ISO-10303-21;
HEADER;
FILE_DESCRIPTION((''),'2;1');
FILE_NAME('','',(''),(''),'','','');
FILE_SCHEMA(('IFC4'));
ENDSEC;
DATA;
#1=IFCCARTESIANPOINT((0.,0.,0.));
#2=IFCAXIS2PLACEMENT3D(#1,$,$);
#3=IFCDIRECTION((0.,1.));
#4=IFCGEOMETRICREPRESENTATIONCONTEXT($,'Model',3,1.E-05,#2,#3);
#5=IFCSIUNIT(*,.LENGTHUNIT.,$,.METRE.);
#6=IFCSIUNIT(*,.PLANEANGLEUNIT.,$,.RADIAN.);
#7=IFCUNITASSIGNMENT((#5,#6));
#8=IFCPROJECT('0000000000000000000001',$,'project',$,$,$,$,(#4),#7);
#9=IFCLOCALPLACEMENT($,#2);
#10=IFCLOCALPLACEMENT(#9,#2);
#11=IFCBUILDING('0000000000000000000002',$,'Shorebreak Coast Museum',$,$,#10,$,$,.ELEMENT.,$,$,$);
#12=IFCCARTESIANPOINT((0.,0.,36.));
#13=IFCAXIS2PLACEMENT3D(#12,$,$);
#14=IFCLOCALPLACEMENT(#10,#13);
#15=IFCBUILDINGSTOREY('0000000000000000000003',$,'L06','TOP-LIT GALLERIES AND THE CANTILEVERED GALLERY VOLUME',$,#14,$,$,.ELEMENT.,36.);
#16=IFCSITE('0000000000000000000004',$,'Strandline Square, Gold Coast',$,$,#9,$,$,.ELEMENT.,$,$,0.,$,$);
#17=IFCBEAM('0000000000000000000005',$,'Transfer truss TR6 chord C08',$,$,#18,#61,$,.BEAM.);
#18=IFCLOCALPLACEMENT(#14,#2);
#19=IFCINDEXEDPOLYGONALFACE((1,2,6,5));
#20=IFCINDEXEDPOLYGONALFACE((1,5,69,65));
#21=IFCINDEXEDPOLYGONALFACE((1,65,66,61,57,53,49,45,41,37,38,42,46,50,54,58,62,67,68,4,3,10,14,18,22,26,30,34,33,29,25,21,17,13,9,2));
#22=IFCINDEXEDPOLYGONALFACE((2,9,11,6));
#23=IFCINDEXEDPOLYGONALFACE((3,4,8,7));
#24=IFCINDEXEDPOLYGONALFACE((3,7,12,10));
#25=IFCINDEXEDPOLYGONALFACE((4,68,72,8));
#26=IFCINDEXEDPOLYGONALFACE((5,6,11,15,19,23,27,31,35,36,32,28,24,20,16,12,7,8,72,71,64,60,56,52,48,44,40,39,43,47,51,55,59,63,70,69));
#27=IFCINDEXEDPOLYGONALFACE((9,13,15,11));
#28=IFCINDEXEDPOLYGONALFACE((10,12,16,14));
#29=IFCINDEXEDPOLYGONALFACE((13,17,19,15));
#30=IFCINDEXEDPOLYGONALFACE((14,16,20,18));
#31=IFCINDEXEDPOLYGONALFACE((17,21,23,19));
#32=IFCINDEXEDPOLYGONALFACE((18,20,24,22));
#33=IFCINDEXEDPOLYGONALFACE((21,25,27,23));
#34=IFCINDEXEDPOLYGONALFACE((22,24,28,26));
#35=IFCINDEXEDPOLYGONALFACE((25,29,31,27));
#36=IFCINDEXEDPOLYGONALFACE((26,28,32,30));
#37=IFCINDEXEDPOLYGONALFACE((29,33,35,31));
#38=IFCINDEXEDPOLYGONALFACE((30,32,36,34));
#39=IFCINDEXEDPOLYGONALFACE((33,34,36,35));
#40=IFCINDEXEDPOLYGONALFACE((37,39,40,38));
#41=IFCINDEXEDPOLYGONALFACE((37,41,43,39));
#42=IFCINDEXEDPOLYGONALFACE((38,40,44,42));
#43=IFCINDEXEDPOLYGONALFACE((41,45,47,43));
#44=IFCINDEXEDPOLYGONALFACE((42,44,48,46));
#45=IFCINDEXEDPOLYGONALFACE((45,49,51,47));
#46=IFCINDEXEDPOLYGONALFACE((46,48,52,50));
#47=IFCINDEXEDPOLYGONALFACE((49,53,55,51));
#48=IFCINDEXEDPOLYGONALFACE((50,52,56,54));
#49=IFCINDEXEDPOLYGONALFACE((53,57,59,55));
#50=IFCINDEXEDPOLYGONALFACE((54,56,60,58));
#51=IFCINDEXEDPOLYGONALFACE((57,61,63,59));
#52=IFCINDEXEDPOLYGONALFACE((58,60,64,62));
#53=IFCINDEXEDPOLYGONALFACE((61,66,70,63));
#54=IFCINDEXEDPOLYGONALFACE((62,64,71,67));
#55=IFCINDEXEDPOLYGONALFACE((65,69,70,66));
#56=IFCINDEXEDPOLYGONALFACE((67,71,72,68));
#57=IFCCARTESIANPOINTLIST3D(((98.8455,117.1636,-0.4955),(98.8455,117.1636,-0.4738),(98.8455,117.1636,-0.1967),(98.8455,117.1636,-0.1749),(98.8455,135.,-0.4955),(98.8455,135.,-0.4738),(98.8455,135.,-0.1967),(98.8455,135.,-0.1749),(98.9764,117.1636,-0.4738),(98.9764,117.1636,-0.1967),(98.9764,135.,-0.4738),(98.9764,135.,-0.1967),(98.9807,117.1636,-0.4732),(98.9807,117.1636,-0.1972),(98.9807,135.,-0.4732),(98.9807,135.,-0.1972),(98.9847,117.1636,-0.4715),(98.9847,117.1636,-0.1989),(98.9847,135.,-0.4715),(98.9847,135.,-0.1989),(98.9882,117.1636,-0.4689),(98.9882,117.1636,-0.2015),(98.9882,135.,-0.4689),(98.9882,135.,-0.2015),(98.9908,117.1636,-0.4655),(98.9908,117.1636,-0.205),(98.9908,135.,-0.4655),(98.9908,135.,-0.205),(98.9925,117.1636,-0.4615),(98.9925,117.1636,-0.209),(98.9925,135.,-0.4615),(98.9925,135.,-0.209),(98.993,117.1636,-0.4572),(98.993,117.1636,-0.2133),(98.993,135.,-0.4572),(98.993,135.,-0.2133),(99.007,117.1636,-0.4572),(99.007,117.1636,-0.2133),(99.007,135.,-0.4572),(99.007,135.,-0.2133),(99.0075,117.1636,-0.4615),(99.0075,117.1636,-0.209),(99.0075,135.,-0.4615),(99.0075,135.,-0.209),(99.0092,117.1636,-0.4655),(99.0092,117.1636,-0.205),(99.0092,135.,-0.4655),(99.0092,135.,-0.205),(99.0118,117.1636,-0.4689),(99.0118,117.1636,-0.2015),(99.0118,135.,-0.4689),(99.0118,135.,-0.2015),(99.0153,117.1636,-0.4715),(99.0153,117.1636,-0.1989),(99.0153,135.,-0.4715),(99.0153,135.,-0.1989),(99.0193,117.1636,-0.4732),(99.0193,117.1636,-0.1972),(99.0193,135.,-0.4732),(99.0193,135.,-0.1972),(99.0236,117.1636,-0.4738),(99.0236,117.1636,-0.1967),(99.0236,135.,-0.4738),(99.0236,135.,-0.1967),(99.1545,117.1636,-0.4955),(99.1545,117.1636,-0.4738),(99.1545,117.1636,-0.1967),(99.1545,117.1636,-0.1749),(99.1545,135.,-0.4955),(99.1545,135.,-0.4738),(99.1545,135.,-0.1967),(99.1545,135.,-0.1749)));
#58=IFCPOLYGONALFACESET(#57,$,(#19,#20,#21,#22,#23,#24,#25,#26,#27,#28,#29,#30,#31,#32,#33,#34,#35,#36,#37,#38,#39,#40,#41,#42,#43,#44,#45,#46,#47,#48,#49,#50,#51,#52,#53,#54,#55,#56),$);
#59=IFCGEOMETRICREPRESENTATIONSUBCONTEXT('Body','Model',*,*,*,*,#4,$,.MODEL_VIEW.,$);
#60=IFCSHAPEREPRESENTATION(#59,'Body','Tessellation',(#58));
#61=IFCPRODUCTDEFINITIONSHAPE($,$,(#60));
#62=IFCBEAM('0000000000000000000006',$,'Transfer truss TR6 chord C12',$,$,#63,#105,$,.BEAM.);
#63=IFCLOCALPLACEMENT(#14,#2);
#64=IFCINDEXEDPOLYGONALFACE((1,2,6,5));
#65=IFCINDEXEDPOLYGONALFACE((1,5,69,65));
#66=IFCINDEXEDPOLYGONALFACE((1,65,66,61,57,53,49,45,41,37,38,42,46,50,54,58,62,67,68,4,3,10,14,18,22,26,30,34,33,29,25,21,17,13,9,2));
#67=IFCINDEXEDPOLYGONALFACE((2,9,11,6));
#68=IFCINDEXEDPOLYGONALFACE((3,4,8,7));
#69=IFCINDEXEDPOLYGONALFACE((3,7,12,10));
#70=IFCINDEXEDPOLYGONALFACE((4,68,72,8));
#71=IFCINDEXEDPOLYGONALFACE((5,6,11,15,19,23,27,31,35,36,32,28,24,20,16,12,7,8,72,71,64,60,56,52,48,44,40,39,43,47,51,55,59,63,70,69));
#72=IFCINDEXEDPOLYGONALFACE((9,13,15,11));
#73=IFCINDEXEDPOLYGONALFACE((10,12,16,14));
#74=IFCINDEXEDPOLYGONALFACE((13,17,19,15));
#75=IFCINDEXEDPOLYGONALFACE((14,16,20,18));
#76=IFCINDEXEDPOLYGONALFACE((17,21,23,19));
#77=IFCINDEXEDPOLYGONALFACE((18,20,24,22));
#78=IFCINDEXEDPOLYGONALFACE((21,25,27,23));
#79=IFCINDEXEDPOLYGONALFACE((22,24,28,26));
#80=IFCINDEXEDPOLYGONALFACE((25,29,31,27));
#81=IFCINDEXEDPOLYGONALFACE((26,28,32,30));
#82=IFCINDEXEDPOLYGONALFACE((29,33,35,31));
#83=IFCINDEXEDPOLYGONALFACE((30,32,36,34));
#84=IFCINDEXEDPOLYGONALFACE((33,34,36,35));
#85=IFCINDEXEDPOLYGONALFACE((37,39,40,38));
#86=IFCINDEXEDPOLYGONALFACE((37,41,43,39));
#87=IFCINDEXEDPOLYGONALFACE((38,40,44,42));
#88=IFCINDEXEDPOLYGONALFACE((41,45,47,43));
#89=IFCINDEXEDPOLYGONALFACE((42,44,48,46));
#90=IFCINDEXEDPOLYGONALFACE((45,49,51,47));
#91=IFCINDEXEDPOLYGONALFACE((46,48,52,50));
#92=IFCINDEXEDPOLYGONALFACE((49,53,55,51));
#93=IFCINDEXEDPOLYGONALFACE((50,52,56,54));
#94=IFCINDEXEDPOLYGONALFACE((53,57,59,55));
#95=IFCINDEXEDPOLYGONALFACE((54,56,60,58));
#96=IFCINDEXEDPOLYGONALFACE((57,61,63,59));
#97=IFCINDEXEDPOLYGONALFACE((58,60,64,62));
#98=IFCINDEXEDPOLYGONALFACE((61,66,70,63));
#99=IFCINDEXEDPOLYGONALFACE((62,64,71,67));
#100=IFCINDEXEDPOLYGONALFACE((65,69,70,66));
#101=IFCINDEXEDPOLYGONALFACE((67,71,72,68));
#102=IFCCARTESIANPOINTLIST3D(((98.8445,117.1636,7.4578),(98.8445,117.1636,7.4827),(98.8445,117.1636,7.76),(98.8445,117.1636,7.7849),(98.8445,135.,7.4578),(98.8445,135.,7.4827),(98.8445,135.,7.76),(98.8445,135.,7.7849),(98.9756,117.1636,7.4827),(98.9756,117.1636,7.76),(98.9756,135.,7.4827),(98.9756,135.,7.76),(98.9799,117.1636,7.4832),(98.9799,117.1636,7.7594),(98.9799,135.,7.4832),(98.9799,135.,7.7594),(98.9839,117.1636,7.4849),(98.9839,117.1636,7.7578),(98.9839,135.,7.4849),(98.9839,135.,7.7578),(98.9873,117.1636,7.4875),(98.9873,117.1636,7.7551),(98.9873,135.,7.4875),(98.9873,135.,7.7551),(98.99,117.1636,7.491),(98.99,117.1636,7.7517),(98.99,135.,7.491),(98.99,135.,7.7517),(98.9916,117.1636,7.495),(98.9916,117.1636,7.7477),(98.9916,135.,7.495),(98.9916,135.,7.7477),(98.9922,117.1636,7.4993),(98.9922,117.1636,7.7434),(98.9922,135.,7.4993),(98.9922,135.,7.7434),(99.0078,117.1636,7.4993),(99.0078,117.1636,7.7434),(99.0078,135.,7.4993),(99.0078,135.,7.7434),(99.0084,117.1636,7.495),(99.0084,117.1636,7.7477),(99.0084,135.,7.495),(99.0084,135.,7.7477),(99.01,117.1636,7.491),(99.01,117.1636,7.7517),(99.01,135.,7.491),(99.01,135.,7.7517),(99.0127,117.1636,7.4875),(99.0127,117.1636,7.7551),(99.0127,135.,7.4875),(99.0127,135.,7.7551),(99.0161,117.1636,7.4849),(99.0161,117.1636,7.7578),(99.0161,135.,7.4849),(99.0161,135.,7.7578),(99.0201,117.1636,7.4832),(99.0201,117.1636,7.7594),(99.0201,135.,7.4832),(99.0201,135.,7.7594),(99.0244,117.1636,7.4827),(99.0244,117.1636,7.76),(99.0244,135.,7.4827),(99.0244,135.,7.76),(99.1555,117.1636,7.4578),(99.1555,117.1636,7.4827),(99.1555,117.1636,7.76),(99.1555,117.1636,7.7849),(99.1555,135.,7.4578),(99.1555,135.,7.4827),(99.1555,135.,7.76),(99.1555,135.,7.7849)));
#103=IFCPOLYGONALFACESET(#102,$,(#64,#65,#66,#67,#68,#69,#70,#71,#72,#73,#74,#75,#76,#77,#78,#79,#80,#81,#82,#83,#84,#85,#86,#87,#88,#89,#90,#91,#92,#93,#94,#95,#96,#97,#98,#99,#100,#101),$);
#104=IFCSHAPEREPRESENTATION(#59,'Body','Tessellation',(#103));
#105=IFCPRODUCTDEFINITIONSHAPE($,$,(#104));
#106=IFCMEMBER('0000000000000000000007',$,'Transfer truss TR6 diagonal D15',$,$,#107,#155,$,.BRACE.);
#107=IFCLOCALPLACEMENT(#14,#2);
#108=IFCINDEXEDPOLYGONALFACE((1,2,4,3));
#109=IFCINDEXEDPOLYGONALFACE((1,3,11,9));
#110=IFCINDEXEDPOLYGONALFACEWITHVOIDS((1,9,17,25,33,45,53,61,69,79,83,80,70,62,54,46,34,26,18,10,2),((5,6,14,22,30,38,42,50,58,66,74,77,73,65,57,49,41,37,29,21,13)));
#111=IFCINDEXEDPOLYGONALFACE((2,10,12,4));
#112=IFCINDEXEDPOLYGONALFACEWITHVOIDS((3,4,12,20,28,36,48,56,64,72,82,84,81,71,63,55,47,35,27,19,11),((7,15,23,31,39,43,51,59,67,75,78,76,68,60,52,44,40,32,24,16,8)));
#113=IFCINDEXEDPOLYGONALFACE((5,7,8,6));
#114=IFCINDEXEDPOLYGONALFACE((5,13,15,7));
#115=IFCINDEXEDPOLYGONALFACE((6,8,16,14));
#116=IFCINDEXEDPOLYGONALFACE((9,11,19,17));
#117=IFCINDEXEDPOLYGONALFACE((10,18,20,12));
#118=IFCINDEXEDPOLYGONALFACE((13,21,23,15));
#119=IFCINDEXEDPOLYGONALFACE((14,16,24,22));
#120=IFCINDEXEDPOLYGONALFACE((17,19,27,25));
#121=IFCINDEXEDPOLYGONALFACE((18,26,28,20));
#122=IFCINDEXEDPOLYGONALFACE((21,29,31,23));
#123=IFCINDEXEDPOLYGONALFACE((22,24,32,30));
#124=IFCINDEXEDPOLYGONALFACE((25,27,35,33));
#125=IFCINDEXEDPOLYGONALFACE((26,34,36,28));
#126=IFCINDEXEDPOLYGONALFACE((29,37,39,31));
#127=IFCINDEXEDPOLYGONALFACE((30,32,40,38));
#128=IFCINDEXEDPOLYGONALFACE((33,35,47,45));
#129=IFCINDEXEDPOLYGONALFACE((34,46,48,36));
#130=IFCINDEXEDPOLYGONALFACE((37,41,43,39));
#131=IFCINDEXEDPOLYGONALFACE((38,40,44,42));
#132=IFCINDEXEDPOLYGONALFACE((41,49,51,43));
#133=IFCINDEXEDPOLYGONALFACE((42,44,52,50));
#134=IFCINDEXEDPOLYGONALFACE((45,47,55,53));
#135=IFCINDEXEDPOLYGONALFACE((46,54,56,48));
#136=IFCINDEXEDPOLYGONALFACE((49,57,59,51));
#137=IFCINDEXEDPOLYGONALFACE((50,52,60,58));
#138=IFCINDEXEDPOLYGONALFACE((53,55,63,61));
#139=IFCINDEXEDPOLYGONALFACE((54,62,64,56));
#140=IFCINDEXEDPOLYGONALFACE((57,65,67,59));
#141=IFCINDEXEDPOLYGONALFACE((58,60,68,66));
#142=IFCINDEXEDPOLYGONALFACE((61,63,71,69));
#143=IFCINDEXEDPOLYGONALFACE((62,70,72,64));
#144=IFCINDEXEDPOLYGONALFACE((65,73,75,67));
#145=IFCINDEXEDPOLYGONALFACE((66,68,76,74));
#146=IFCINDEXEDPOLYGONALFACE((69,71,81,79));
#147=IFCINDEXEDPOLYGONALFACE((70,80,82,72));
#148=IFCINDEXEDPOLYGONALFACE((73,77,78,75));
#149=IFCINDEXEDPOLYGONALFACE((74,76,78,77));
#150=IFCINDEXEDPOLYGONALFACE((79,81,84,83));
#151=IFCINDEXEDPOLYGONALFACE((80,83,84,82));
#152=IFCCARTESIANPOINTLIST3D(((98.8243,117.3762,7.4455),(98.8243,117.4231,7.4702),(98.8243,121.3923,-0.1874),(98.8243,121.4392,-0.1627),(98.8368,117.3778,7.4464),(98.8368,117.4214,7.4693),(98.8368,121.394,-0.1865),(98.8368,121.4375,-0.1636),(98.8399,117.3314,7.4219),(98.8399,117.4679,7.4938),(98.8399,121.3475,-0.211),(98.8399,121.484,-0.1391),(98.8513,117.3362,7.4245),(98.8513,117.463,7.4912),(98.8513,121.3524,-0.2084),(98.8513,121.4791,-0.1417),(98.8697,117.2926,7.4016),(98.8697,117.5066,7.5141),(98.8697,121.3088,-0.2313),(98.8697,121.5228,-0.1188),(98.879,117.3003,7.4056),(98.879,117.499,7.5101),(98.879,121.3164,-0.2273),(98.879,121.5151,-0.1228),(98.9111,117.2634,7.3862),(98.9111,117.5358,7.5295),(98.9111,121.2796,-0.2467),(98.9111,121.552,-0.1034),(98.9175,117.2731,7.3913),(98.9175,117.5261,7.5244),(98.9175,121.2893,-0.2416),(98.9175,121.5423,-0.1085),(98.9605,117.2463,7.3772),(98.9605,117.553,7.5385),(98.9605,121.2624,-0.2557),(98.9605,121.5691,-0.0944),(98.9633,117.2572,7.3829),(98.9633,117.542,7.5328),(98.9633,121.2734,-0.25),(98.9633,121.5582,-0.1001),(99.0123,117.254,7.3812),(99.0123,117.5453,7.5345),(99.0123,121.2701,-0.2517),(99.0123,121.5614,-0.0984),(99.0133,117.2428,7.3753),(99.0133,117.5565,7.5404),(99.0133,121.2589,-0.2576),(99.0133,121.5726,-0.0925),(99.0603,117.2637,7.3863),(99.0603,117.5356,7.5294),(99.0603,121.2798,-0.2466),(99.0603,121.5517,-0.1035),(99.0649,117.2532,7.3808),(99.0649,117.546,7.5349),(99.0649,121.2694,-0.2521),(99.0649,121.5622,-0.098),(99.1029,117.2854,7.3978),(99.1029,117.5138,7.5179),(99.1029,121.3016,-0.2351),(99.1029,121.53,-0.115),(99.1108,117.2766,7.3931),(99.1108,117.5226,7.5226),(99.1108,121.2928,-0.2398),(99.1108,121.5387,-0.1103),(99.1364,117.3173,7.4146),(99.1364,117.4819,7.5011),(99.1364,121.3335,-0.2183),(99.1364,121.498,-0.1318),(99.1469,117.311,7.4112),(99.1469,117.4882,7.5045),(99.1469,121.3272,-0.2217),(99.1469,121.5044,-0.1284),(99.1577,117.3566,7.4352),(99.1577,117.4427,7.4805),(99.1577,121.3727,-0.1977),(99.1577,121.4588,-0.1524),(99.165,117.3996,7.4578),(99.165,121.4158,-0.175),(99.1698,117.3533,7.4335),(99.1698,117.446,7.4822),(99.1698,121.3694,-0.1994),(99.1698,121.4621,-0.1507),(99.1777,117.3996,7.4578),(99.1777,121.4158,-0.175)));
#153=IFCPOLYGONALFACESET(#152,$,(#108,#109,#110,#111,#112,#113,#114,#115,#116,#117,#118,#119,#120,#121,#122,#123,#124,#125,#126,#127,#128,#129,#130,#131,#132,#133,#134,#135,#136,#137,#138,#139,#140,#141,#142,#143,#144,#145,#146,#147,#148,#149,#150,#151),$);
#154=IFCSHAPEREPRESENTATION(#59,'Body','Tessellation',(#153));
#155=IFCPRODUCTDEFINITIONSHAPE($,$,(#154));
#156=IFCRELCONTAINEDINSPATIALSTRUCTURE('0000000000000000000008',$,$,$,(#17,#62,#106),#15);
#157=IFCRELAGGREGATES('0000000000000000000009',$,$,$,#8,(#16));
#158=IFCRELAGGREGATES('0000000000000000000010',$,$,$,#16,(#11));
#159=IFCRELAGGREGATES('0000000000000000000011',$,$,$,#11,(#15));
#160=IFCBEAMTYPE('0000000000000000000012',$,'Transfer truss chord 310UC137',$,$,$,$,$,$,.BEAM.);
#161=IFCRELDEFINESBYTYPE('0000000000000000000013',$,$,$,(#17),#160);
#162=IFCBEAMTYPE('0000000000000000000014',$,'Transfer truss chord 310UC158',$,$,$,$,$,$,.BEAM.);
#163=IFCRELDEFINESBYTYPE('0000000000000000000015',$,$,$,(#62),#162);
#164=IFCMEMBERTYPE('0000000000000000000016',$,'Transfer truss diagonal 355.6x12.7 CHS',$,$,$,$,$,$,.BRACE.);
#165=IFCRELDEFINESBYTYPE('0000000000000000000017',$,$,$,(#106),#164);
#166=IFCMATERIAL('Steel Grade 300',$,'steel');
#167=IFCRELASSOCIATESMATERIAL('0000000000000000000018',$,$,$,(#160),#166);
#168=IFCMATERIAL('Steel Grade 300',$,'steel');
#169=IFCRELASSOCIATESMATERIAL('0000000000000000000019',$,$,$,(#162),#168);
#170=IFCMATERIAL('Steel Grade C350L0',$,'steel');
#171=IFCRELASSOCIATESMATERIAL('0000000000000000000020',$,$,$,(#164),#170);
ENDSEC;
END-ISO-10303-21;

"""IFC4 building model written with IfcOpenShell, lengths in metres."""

from ifc_helpers import new_model, si_unit, direction, frame, origin, origin_2d, place, context, subcontext, project, spatial, hollow_circle, i_section, extrude, material, material_profile, profile_set, type_object, element, save


model = new_model("IFC4")

# Units and contexts
model_context = context("Model", 3, precision=1e-05, world=origin(), true_north=direction((0.0, 1.0)))
body_context = subcontext(model_context, "Body", "Model", "MODEL_VIEW")
ifc_project = project(units=[si_unit("LENGTHUNIT", "METRE"), si_unit("PLANEANGLEUNIT", "RADIAN")], contexts=[model_context])

# Site, building, storey
site_placement = place(None, origin())
site = spatial("IfcSite", under=ifc_project, at=site_placement, Name="Strandline Square, Gold Coast", CompositionType="ELEMENT", RefElevation=0.0)
building_placement = place(site_placement, origin())
building = spatial("IfcBuilding", under=site, at=building_placement, Name="Shorebreak Coast Museum", CompositionType="ELEMENT")
storey_placement = place(building_placement, frame((0.0, 0.0, 36.0)))
storey = spatial("IfcBuildingStorey", under=building, at=storey_placement, Name="L06", Description="TOP-LIT GALLERIES AND THE CANTILEVERED GALLERY VOLUME", CompositionType="ELEMENT", Elevation=36.0)

# Beams
ifc_material_1 = material(Name="Steel Grade 300", Category="steel")
ifc_material_profile_1 = material_profile(ifc_material_1, i_section(OverallWidth=0.3091, OverallDepth=0.3206, WebThickness=0.0139, FlangeThickness=0.0217, FilletRadius=0.0166, at=origin_2d()), Name="310UC137")
ifc_profile_set_1 = profile_set([ifc_material_profile_1], Name="Steel Grade 300")
beam_type_1 = type_object("IfcBeamType", Name="Transfer truss chord 310UC137", PredefinedType="BEAM", material=ifc_profile_set_1)
beam_1_placement = place(storey_placement, frame((99.0, 117.1636, -0.3352), z_axis=(0.0, 1.0, 0.0), x_axis=(-1.0, 0.0, 0.0)))
element("IfcBeam", 1, at=beam_1_placement, inside=storey, type_object=beam_type_1, Name="Transfer truss TR6 chord C08", PredefinedType="BEAM", context=body_context, shape_type="SweptSolid", body=[
    extrude(i_section(OverallWidth=0.3091, OverallDepth=0.3206, WebThickness=0.0139, FlangeThickness=0.0217, FilletRadius=0.0166, at=origin_2d()), origin(), (0.0, 0.0, 1.0), 17.8364),
])
ifc_material_2 = material(Name="Steel Grade 300", Category="steel")
ifc_material_profile_2 = material_profile(ifc_material_2, i_section(OverallWidth=0.311, OverallDepth=0.3271, WebThickness=0.0156, FlangeThickness=0.0249, FilletRadius=0.0166, at=origin_2d()), Name="310UC158")
ifc_profile_set_2 = profile_set([ifc_material_profile_2], Name="Steel Grade 300")
beam_type_2 = type_object("IfcBeamType", Name="Transfer truss chord 310UC158", PredefinedType="BEAM", material=ifc_profile_set_2)
beam_2_placement = place(storey_placement, frame((99.0, 117.1636, 7.6213), z_axis=(0.0, 1.0, 0.0), x_axis=(-1.0, 0.0, 0.0)))
element("IfcBeam", 2, at=beam_2_placement, inside=storey, type_object=beam_type_2, Name="Transfer truss TR6 chord C12", PredefinedType="BEAM", context=body_context, shape_type="SweptSolid", body=[
    extrude(i_section(OverallWidth=0.311, OverallDepth=0.3271, WebThickness=0.0156, FlangeThickness=0.0249, FilletRadius=0.0166, at=origin_2d()), origin(), (0.0, 0.0, 1.0), 17.8364),
])

# Member
ifc_material_3 = material(Name="Steel Grade C350L0", Category="steel")
ifc_material_profile_3 = material_profile(ifc_material_3, hollow_circle(Radius=0.1777, WallThickness=0.0127, at=origin_2d()), Name="355.6x12.7 CHS")
ifc_profile_set_3 = profile_set([ifc_material_profile_3], Name="Steel Grade C350L0")
member_type_1 = type_object("IfcMemberType", Name="Transfer truss diagonal 355.6x12.7 CHS", PredefinedType="BRACE", material=ifc_profile_set_3)
member_1_placement = place(storey_placement, frame((99.0, 121.4158, -0.175), z_axis=(0.0, -0.465641, 0.884973), x_axis=(1.0, 0.0, 0.0)))
element("IfcMember", 3, at=member_1_placement, inside=storey, type_object=member_type_1, Name="Transfer truss TR6 diagonal D15", PredefinedType="BRACE", context=body_context, shape_type="SweptSolid", body=[
    extrude(hollow_circle(Radius=0.1777, WallThickness=0.0127, at=origin_2d()), origin(), (0.0, 0.0, 1.0), 8.625),
])

save(model, "model.ifc")
